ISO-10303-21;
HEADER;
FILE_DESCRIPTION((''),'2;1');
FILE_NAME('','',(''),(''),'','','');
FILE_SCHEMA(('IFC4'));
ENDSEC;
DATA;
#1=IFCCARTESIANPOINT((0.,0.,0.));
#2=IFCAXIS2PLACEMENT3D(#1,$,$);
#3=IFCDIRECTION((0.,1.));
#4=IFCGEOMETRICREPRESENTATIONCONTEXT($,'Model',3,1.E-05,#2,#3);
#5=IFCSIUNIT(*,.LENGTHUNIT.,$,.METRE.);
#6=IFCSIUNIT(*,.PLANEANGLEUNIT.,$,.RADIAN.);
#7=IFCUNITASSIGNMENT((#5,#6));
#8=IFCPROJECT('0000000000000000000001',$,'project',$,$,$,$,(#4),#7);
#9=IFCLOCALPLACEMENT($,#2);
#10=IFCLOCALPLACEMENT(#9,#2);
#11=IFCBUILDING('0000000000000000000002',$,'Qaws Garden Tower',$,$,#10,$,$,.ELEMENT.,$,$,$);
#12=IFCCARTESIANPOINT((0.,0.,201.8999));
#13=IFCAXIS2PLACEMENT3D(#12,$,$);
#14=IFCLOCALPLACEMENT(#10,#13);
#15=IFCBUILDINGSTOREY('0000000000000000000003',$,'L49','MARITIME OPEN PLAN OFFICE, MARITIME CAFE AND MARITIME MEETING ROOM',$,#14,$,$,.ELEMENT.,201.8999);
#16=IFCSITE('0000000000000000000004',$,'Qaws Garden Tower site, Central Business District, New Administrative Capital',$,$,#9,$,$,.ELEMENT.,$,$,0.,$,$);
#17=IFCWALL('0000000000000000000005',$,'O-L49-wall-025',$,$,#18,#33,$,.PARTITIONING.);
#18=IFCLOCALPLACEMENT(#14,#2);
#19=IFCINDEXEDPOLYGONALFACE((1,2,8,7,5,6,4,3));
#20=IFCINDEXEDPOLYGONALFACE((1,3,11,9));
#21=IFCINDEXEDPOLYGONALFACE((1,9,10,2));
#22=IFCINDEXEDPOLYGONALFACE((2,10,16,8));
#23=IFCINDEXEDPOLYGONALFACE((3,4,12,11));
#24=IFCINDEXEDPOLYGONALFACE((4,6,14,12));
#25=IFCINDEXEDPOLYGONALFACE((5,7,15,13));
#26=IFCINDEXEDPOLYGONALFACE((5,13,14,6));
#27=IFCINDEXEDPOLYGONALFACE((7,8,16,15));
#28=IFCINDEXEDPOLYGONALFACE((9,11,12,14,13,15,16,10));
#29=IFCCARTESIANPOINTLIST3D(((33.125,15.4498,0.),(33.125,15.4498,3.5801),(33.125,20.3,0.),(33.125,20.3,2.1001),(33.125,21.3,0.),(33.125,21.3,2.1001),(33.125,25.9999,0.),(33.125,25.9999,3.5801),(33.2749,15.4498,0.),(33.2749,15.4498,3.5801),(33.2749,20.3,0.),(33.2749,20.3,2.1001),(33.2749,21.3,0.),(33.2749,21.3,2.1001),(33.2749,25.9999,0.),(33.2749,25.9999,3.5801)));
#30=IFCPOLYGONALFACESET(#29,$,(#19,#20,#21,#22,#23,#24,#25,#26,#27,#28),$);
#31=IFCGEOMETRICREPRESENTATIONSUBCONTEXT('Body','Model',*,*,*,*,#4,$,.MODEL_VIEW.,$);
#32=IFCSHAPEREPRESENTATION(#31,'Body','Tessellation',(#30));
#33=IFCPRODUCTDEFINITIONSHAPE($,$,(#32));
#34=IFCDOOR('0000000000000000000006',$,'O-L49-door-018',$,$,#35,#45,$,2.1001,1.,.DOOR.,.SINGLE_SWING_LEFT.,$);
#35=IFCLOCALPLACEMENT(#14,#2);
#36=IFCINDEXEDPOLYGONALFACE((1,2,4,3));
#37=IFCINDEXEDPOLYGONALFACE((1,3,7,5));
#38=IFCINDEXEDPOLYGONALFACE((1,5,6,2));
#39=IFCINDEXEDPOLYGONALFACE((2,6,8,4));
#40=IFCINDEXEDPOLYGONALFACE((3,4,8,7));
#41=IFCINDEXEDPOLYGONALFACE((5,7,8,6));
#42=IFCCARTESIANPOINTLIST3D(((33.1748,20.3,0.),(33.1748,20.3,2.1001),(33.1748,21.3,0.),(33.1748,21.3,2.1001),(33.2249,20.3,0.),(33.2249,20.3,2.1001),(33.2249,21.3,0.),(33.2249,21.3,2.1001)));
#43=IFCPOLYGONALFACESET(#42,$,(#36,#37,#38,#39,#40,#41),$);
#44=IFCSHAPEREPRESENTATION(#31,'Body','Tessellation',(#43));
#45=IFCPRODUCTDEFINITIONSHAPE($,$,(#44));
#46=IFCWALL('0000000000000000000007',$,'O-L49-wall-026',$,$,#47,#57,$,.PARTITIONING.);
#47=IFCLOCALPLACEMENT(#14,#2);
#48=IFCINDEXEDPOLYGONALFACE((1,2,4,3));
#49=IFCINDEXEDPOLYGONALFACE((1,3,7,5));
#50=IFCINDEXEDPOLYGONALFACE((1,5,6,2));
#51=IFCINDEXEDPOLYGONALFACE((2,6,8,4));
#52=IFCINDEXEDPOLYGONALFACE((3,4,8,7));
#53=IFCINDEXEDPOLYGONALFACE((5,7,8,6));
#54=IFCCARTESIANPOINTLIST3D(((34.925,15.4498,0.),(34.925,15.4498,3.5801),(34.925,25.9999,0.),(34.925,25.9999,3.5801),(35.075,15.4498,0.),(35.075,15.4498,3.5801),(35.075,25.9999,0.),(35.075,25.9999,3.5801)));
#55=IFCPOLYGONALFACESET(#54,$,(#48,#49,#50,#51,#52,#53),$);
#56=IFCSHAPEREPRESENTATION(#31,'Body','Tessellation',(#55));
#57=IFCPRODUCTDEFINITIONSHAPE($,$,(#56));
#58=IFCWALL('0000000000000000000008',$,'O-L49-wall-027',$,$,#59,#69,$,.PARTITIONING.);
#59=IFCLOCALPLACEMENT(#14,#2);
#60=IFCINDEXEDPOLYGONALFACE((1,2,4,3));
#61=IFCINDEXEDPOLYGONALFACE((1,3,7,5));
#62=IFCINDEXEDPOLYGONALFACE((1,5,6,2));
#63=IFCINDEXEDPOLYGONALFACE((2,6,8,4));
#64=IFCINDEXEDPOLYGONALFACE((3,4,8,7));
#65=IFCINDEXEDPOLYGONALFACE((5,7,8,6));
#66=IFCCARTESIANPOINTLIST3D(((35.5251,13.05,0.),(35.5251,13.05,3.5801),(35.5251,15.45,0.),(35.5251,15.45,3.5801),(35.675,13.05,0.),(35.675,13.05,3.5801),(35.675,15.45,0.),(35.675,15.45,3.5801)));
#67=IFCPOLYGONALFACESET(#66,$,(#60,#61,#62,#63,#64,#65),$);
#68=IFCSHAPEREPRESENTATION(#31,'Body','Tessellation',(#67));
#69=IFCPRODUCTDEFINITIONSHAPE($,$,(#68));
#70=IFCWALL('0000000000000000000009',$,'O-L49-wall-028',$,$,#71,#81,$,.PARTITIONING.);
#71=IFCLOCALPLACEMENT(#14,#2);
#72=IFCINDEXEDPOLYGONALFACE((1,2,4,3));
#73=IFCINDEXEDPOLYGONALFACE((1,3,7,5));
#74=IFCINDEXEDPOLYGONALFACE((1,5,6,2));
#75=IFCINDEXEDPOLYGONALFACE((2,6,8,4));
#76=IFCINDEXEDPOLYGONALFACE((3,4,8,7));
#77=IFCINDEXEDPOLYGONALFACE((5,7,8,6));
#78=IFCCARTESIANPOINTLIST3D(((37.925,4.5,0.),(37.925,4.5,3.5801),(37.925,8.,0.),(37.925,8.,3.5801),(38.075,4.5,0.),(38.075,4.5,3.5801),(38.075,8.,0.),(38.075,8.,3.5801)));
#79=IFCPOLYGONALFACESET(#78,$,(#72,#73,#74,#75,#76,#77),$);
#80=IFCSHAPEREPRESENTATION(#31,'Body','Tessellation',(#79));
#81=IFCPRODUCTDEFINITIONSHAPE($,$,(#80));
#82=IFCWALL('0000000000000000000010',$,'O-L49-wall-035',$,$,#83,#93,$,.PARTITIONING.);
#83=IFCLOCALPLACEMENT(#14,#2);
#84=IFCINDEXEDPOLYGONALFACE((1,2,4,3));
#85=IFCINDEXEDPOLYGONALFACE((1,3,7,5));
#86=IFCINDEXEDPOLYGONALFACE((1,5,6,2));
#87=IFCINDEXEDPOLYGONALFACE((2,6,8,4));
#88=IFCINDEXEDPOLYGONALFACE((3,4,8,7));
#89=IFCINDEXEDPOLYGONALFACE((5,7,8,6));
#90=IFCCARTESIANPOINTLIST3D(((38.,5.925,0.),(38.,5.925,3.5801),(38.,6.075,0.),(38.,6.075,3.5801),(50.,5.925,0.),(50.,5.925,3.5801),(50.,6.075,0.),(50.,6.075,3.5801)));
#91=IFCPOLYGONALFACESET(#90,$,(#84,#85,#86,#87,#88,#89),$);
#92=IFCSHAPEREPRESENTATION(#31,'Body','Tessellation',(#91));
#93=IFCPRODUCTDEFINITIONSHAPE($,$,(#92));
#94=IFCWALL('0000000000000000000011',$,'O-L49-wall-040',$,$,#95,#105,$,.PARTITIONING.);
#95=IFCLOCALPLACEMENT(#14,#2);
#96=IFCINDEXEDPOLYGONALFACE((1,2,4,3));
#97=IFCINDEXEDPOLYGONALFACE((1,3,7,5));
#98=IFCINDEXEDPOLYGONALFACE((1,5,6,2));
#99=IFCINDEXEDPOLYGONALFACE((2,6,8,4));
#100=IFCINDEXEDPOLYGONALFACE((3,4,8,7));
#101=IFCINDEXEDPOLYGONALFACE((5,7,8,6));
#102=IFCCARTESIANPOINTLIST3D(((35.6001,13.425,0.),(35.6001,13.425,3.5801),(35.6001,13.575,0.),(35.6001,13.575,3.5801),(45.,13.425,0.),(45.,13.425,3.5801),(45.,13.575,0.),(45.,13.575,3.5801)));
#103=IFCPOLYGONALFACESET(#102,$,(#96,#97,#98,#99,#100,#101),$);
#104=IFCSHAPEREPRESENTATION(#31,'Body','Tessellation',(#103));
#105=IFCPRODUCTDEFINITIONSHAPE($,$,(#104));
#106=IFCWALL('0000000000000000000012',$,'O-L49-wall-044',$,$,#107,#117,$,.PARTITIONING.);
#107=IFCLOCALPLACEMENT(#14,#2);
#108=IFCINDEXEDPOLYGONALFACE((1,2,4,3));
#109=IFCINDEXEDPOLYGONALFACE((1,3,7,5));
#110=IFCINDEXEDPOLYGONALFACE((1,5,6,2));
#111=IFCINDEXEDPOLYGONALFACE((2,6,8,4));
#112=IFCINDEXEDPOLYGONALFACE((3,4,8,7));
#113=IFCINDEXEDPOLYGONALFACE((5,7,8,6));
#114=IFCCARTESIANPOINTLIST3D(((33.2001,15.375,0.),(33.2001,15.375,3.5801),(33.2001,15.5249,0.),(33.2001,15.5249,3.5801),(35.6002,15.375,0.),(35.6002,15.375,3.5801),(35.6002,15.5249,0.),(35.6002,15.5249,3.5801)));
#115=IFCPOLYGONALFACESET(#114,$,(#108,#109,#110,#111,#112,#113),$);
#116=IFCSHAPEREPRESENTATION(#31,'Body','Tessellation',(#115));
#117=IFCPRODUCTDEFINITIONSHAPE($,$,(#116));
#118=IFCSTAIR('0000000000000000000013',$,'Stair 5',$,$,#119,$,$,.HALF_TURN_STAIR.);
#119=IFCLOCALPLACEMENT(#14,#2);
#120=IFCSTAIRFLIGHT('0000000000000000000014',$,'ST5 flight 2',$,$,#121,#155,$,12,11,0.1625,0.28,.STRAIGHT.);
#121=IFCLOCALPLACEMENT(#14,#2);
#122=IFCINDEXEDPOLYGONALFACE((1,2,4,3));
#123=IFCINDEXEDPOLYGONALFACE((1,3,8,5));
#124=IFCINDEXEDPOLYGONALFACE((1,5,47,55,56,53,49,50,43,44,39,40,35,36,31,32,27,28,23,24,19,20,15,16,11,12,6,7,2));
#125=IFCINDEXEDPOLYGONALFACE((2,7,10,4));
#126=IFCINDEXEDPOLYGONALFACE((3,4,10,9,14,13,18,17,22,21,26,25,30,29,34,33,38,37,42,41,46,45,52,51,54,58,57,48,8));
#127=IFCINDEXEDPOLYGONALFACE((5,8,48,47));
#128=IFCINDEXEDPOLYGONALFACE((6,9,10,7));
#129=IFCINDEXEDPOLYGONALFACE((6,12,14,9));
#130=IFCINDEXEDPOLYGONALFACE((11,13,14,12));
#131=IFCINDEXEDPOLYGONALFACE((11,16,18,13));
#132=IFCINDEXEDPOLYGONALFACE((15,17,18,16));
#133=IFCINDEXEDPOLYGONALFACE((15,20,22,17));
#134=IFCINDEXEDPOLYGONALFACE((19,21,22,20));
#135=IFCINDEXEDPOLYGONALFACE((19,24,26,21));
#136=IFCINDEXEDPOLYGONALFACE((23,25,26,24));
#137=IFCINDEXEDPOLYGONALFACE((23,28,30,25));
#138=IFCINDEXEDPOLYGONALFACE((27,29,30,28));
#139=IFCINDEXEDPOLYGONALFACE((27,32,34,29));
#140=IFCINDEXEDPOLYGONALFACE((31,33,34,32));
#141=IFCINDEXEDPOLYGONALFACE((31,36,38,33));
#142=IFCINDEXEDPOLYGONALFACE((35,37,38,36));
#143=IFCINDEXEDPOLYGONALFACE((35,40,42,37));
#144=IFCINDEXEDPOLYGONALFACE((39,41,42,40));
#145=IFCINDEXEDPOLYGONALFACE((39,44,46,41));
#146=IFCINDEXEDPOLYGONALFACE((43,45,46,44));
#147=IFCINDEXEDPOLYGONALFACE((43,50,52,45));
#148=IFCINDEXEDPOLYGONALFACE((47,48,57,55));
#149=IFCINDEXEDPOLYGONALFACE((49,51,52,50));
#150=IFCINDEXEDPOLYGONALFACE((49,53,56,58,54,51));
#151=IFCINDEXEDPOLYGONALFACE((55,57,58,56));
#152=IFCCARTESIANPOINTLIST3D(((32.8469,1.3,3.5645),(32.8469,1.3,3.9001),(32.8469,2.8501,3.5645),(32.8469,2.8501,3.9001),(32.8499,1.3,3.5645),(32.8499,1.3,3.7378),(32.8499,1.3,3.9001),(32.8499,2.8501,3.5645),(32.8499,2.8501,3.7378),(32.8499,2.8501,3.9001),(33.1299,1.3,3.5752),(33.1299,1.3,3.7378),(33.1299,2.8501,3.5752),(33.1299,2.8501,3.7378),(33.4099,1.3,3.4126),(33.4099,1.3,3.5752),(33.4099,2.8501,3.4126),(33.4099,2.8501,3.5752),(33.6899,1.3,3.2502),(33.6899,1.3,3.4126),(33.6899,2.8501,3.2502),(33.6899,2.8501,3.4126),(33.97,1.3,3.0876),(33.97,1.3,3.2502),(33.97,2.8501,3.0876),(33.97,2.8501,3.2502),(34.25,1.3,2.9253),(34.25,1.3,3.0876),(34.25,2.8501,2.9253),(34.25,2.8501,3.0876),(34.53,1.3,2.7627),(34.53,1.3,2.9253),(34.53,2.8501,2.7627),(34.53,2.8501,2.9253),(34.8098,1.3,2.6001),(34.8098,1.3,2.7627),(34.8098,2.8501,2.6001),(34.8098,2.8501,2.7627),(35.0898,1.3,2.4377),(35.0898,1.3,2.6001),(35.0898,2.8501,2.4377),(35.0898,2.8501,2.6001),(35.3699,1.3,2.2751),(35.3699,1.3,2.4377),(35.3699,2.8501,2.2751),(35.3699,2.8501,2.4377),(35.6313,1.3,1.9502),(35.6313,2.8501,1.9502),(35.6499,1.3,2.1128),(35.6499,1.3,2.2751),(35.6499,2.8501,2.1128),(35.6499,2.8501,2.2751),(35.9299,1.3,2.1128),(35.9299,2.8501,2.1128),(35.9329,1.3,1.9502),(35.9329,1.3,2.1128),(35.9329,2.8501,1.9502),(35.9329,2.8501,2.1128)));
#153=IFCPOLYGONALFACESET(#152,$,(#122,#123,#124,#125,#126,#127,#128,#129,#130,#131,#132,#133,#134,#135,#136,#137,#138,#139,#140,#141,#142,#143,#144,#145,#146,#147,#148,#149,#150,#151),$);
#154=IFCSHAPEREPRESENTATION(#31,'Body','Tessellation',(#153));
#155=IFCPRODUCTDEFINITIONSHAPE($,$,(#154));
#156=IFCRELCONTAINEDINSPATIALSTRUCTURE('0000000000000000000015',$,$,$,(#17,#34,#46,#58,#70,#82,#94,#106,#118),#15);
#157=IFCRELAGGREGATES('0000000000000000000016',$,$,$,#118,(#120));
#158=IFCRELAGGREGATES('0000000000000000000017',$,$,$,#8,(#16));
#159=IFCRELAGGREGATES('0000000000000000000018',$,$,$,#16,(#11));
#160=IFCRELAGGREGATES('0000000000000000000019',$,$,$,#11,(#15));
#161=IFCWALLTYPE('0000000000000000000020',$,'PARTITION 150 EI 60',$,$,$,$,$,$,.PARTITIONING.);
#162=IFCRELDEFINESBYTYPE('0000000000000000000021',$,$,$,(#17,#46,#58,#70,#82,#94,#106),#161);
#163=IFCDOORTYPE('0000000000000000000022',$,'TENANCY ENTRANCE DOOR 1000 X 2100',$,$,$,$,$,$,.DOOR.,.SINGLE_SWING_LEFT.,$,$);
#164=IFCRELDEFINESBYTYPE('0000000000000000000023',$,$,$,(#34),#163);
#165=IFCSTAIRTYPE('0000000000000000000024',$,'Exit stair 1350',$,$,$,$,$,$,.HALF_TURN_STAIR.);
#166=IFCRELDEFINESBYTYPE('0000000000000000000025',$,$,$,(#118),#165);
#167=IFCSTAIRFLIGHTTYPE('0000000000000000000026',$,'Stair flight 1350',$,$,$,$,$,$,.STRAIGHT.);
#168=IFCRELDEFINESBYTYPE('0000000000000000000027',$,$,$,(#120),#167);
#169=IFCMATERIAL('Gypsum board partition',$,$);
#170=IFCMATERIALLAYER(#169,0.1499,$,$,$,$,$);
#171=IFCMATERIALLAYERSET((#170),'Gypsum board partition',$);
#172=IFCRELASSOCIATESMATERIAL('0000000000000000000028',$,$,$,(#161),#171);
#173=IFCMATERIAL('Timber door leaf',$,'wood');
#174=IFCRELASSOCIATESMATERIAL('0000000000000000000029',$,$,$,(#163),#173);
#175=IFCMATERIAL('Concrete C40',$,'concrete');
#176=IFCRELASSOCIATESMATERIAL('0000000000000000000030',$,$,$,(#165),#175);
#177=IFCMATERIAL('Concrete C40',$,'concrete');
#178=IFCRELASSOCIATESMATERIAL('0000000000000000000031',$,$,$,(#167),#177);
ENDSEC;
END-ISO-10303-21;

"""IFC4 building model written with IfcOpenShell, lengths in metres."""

from ifc_helpers import new_model, si_unit, direction, frame, frame_2d, origin, place, context, subcontext, project, spatial, polyline, rectangle, outline, extrude, material, layer, layer_set, type_object, element, fill, aggregate, save


model = new_model("IFC4")

# Units and contexts
model_context = context("Model", 3, precision=1e-05, world=origin(), true_north=direction((0.0, 1.0)))
body_context = subcontext(model_context, "Body", "Model", "MODEL_VIEW")
ifc_project = project(units=[si_unit("LENGTHUNIT", "METRE"), si_unit("PLANEANGLEUNIT", "RADIAN")], contexts=[model_context])

# Site, building, storey
site_placement = place(None, origin())
site = spatial("IfcSite", under=ifc_project, at=site_placement, Name="Qaws Garden Tower site, Central Business District, New Administrative Capital", CompositionType="ELEMENT", RefElevation=0.0)
building_placement = place(site_placement, origin())
building = spatial("IfcBuilding", under=site, at=building_placement, Name="Qaws Garden Tower", CompositionType="ELEMENT")
storey_placement = place(building_placement, frame((0.0, 0.0, 201.8999)))
storey = spatial("IfcBuildingStorey", under=building, at=storey_placement, Name="L49", Description="MARITIME OPEN PLAN OFFICE, MARITIME CAFE AND MARITIME MEETING ROOM", CompositionType="ELEMENT", Elevation=201.8999)

# Wall, opening, door
ifc_material_1 = material(Name="Gypsum board partition")
ifc_layer_1 = layer(ifc_material_1, 0.1499)
ifc_layer_set_1 = layer_set([ifc_layer_1], Name="Gypsum board partition")
wall_type_1 = type_object("IfcWallType", Name="PARTITION 150 EI 60", PredefinedType="PARTITIONING", material=ifc_layer_set_1)
wall_1_placement = place(storey_placement, frame((33.2, 15.45, 0.0), z_axis=(0.0, 0.0, 1.0), x_axis=(0.0, 1.0, 0.0)))
wall_1 = element("IfcWall", 1, at=wall_1_placement, inside=storey, type_object=wall_type_1, Name="O-L49-wall-025", PredefinedType="PARTITIONING", context=body_context, shape_type="SweptSolid", body=[
    extrude(rectangle(XDim=10.55, YDim=0.1499, at=frame_2d((5.2749, 0.0))), origin(), (0.0, 0.0, 1.0), 3.5801),
])
opening_1_placement = place(wall_1_placement, frame((4.8501, 0.0, 0.0)))
opening_1 = element("IfcOpeningElement", 2, at=opening_1_placement, cuts=wall_1, PredefinedType="OPENING", context=body_context, shape_type="SweptSolid", body=[
    extrude(rectangle(XDim=1.0, YDim=2.1001, at=frame_2d((0.5, 1.05))), frame((0.0, 0.085, 0.0), z_axis=(0.0, -1.0, 0.0), x_axis=(1.0, 0.0, 0.0)), (0.0, 0.0, 1.0), 0.1699),
])
ifc_material_2 = material(Name="Timber door leaf", Category="wood")
door_type_1 = type_object("IfcDoorType", Name="TENANCY ENTRANCE DOOR 1000 X 2100", OperationType="SINGLE_SWING_LEFT", PredefinedType="DOOR", material=ifc_material_2)
door_1_placement = place(opening_1_placement, frame((1.0, 0.0, 0.0), z_axis=(0.0, 0.0, 1.0), x_axis=(-1.0, 0.0, 0.0)))
door_1 = element("IfcDoor", 3, at=door_1_placement, inside=storey, type_object=door_type_1, Name="O-L49-door-018", OperationType="SINGLE_SWING_LEFT", OverallHeight=2.1001, OverallWidth=1.0, PredefinedType="DOOR", context=body_context, shape_type="SweptSolid", body=[
    extrude(rectangle(XDim=1.0, YDim=2.1001, at=frame_2d((0.5, 1.05))), frame((0.0, 0.0249, 0.0), z_axis=(0.0, -1.0, 0.0), x_axis=(1.0, 0.0, 0.0)), (0.0, 0.0, 1.0), 0.05),
])
fill(opening_1, door_1)

# Walls
wall_2_placement = place(storey_placement, frame((35.0, 15.45, 0.0), z_axis=(0.0, 0.0, 1.0), x_axis=(0.0, 1.0, 0.0)))
element("IfcWall", 4, at=wall_2_placement, inside=storey, type_object=wall_type_1, Name="O-L49-wall-026", PredefinedType="PARTITIONING", context=body_context, shape_type="SweptSolid", body=[
    extrude(rectangle(XDim=10.55, YDim=0.1499, at=frame_2d((5.2749, 0.0))), origin(), (0.0, 0.0, 1.0), 3.5801),
])
wall_3_placement = place(storey_placement, frame((35.6001, 13.05, 0.0), z_axis=(0.0, 0.0, 1.0), x_axis=(0.0, 1.0, 0.0)))
element("IfcWall", 5, at=wall_3_placement, inside=storey, type_object=wall_type_1, Name="O-L49-wall-027", PredefinedType="PARTITIONING", context=body_context, shape_type="SweptSolid", body=[
    extrude(rectangle(XDim=2.3999, YDim=0.1499, at=frame_2d((1.2, 0.0))), origin(), (0.0, 0.0, 1.0), 3.5801),
])
wall_4_placement = place(storey_placement, frame((38.0, 4.5, 0.0), z_axis=(0.0, 0.0, 1.0), x_axis=(0.0, 1.0, 0.0)))
element("IfcWall", 6, at=wall_4_placement, inside=storey, type_object=wall_type_1, Name="O-L49-wall-028", PredefinedType="PARTITIONING", context=body_context, shape_type="SweptSolid", body=[
    extrude(rectangle(XDim=3.5, YDim=0.1499, at=frame_2d((1.75, 0.0))), origin(), (0.0, 0.0, 1.0), 3.5801),
])
wall_5_placement = place(storey_placement, frame((38.0, 6.0, 0.0), z_axis=(0.0, 0.0, 1.0), x_axis=(1.0, 0.0, 0.0)))
element("IfcWall", 7, at=wall_5_placement, inside=storey, type_object=wall_type_1, Name="O-L49-wall-035", PredefinedType="PARTITIONING", context=body_context, shape_type="SweptSolid", body=[
    extrude(rectangle(XDim=12.0, YDim=0.1499, at=frame_2d((6.0, 0.0))), origin(), (0.0, 0.0, 1.0), 3.5801),
])
wall_6_placement = place(storey_placement, frame((35.6001, 13.5, 0.0), z_axis=(0.0, 0.0, 1.0), x_axis=(1.0, 0.0, 0.0)))
element("IfcWall", 8, at=wall_6_placement, inside=storey, type_object=wall_type_1, Name="O-L49-wall-040", PredefinedType="PARTITIONING", context=body_context, shape_type="SweptSolid", body=[
    extrude(rectangle(XDim=9.3999, YDim=0.1499, at=frame_2d((4.7, 0.0))), origin(), (0.0, 0.0, 1.0), 3.5801),
])
wall_7_placement = place(storey_placement, frame((33.2, 15.45, 0.0), z_axis=(0.0, 0.0, 1.0), x_axis=(1.0, 0.0, 0.0)))
element("IfcWall", 9, at=wall_7_placement, inside=storey, type_object=wall_type_1, Name="O-L49-wall-044", PredefinedType="PARTITIONING", context=body_context, shape_type="SweptSolid", body=[
    extrude(rectangle(XDim=2.4001, YDim=0.1499, at=frame_2d((1.2002, 0.0))), origin(), (0.0, 0.0, 1.0), 3.5801),
])

# Stair, stair flight
ifc_material_3 = material(Name="Concrete C40", Category="concrete")
stair_type = type_object("IfcStairType", Name="Exit stair 1350", PredefinedType="HALF_TURN_STAIR", material=ifc_material_3)
stair_placement = place(storey_placement, origin())
stair = element("IfcStair", 10, at=stair_placement, inside=storey, type_object=stair_type, Name="Stair 5", PredefinedType="HALF_TURN_STAIR")
ifc_material_4 = material(Name="Concrete C40", Category="concrete")
stair_flight_type = type_object("IfcStairFlightType", Name="Stair flight 1350", PredefinedType="STRAIGHT", material=ifc_material_4)
stair_flight_placement = place(storey_placement, frame((35.9299, 2.075, 1.9502), z_axis=(0.0, 0.0, 1.0), x_axis=(-1.0, 0.0, 0.0)))
stair_flight = element("IfcStairFlight", 11, at=stair_flight_placement, type_object=stair_flight_type, Name="ST5 flight 2", NumberOfRisers=12, NumberOfTreads=11, PredefinedType="STRAIGHT", RiserHeight=0.1625, TreadLength=0.28, context=body_context, shape_type="SweptSolid", body=[
    extrude(outline(polyline([(-0.0029, 0.0), (-0.0029, 0.1626), (0.0, 0.1626), (0.28, 0.1626), (0.28, 0.325), (0.5601, 0.325), (0.5601, 0.4875), (0.8401, 0.4875), (0.8401, 0.6499), (1.1201, 0.6499), (1.1201, 0.8125), (1.3999, 0.8125), (1.3999, 0.9751), (1.6799, 0.9751), (1.6799, 1.1375), (1.96, 1.1375), (1.96, 1.3), (2.24, 1.3), (2.24, 1.4624), (2.52, 1.4624), (2.52, 1.625), (2.8, 1.625), (2.8, 1.7876), (3.0801, 1.7876), (3.0801, 1.95), (3.083, 1.95), (3.083, 1.6143), (3.0801, 1.6143), (0.2986, 0.0), (-0.0029, 0.0)])), frame((0.0, 0.7749, 0.0), z_axis=(0.0, -1.0, 0.0), x_axis=(1.0, 0.0, 0.0)), (0.0, 0.0, 1.0), 1.55),
])
aggregate(stair, [stair_flight])

save(model, "model.ifc")
